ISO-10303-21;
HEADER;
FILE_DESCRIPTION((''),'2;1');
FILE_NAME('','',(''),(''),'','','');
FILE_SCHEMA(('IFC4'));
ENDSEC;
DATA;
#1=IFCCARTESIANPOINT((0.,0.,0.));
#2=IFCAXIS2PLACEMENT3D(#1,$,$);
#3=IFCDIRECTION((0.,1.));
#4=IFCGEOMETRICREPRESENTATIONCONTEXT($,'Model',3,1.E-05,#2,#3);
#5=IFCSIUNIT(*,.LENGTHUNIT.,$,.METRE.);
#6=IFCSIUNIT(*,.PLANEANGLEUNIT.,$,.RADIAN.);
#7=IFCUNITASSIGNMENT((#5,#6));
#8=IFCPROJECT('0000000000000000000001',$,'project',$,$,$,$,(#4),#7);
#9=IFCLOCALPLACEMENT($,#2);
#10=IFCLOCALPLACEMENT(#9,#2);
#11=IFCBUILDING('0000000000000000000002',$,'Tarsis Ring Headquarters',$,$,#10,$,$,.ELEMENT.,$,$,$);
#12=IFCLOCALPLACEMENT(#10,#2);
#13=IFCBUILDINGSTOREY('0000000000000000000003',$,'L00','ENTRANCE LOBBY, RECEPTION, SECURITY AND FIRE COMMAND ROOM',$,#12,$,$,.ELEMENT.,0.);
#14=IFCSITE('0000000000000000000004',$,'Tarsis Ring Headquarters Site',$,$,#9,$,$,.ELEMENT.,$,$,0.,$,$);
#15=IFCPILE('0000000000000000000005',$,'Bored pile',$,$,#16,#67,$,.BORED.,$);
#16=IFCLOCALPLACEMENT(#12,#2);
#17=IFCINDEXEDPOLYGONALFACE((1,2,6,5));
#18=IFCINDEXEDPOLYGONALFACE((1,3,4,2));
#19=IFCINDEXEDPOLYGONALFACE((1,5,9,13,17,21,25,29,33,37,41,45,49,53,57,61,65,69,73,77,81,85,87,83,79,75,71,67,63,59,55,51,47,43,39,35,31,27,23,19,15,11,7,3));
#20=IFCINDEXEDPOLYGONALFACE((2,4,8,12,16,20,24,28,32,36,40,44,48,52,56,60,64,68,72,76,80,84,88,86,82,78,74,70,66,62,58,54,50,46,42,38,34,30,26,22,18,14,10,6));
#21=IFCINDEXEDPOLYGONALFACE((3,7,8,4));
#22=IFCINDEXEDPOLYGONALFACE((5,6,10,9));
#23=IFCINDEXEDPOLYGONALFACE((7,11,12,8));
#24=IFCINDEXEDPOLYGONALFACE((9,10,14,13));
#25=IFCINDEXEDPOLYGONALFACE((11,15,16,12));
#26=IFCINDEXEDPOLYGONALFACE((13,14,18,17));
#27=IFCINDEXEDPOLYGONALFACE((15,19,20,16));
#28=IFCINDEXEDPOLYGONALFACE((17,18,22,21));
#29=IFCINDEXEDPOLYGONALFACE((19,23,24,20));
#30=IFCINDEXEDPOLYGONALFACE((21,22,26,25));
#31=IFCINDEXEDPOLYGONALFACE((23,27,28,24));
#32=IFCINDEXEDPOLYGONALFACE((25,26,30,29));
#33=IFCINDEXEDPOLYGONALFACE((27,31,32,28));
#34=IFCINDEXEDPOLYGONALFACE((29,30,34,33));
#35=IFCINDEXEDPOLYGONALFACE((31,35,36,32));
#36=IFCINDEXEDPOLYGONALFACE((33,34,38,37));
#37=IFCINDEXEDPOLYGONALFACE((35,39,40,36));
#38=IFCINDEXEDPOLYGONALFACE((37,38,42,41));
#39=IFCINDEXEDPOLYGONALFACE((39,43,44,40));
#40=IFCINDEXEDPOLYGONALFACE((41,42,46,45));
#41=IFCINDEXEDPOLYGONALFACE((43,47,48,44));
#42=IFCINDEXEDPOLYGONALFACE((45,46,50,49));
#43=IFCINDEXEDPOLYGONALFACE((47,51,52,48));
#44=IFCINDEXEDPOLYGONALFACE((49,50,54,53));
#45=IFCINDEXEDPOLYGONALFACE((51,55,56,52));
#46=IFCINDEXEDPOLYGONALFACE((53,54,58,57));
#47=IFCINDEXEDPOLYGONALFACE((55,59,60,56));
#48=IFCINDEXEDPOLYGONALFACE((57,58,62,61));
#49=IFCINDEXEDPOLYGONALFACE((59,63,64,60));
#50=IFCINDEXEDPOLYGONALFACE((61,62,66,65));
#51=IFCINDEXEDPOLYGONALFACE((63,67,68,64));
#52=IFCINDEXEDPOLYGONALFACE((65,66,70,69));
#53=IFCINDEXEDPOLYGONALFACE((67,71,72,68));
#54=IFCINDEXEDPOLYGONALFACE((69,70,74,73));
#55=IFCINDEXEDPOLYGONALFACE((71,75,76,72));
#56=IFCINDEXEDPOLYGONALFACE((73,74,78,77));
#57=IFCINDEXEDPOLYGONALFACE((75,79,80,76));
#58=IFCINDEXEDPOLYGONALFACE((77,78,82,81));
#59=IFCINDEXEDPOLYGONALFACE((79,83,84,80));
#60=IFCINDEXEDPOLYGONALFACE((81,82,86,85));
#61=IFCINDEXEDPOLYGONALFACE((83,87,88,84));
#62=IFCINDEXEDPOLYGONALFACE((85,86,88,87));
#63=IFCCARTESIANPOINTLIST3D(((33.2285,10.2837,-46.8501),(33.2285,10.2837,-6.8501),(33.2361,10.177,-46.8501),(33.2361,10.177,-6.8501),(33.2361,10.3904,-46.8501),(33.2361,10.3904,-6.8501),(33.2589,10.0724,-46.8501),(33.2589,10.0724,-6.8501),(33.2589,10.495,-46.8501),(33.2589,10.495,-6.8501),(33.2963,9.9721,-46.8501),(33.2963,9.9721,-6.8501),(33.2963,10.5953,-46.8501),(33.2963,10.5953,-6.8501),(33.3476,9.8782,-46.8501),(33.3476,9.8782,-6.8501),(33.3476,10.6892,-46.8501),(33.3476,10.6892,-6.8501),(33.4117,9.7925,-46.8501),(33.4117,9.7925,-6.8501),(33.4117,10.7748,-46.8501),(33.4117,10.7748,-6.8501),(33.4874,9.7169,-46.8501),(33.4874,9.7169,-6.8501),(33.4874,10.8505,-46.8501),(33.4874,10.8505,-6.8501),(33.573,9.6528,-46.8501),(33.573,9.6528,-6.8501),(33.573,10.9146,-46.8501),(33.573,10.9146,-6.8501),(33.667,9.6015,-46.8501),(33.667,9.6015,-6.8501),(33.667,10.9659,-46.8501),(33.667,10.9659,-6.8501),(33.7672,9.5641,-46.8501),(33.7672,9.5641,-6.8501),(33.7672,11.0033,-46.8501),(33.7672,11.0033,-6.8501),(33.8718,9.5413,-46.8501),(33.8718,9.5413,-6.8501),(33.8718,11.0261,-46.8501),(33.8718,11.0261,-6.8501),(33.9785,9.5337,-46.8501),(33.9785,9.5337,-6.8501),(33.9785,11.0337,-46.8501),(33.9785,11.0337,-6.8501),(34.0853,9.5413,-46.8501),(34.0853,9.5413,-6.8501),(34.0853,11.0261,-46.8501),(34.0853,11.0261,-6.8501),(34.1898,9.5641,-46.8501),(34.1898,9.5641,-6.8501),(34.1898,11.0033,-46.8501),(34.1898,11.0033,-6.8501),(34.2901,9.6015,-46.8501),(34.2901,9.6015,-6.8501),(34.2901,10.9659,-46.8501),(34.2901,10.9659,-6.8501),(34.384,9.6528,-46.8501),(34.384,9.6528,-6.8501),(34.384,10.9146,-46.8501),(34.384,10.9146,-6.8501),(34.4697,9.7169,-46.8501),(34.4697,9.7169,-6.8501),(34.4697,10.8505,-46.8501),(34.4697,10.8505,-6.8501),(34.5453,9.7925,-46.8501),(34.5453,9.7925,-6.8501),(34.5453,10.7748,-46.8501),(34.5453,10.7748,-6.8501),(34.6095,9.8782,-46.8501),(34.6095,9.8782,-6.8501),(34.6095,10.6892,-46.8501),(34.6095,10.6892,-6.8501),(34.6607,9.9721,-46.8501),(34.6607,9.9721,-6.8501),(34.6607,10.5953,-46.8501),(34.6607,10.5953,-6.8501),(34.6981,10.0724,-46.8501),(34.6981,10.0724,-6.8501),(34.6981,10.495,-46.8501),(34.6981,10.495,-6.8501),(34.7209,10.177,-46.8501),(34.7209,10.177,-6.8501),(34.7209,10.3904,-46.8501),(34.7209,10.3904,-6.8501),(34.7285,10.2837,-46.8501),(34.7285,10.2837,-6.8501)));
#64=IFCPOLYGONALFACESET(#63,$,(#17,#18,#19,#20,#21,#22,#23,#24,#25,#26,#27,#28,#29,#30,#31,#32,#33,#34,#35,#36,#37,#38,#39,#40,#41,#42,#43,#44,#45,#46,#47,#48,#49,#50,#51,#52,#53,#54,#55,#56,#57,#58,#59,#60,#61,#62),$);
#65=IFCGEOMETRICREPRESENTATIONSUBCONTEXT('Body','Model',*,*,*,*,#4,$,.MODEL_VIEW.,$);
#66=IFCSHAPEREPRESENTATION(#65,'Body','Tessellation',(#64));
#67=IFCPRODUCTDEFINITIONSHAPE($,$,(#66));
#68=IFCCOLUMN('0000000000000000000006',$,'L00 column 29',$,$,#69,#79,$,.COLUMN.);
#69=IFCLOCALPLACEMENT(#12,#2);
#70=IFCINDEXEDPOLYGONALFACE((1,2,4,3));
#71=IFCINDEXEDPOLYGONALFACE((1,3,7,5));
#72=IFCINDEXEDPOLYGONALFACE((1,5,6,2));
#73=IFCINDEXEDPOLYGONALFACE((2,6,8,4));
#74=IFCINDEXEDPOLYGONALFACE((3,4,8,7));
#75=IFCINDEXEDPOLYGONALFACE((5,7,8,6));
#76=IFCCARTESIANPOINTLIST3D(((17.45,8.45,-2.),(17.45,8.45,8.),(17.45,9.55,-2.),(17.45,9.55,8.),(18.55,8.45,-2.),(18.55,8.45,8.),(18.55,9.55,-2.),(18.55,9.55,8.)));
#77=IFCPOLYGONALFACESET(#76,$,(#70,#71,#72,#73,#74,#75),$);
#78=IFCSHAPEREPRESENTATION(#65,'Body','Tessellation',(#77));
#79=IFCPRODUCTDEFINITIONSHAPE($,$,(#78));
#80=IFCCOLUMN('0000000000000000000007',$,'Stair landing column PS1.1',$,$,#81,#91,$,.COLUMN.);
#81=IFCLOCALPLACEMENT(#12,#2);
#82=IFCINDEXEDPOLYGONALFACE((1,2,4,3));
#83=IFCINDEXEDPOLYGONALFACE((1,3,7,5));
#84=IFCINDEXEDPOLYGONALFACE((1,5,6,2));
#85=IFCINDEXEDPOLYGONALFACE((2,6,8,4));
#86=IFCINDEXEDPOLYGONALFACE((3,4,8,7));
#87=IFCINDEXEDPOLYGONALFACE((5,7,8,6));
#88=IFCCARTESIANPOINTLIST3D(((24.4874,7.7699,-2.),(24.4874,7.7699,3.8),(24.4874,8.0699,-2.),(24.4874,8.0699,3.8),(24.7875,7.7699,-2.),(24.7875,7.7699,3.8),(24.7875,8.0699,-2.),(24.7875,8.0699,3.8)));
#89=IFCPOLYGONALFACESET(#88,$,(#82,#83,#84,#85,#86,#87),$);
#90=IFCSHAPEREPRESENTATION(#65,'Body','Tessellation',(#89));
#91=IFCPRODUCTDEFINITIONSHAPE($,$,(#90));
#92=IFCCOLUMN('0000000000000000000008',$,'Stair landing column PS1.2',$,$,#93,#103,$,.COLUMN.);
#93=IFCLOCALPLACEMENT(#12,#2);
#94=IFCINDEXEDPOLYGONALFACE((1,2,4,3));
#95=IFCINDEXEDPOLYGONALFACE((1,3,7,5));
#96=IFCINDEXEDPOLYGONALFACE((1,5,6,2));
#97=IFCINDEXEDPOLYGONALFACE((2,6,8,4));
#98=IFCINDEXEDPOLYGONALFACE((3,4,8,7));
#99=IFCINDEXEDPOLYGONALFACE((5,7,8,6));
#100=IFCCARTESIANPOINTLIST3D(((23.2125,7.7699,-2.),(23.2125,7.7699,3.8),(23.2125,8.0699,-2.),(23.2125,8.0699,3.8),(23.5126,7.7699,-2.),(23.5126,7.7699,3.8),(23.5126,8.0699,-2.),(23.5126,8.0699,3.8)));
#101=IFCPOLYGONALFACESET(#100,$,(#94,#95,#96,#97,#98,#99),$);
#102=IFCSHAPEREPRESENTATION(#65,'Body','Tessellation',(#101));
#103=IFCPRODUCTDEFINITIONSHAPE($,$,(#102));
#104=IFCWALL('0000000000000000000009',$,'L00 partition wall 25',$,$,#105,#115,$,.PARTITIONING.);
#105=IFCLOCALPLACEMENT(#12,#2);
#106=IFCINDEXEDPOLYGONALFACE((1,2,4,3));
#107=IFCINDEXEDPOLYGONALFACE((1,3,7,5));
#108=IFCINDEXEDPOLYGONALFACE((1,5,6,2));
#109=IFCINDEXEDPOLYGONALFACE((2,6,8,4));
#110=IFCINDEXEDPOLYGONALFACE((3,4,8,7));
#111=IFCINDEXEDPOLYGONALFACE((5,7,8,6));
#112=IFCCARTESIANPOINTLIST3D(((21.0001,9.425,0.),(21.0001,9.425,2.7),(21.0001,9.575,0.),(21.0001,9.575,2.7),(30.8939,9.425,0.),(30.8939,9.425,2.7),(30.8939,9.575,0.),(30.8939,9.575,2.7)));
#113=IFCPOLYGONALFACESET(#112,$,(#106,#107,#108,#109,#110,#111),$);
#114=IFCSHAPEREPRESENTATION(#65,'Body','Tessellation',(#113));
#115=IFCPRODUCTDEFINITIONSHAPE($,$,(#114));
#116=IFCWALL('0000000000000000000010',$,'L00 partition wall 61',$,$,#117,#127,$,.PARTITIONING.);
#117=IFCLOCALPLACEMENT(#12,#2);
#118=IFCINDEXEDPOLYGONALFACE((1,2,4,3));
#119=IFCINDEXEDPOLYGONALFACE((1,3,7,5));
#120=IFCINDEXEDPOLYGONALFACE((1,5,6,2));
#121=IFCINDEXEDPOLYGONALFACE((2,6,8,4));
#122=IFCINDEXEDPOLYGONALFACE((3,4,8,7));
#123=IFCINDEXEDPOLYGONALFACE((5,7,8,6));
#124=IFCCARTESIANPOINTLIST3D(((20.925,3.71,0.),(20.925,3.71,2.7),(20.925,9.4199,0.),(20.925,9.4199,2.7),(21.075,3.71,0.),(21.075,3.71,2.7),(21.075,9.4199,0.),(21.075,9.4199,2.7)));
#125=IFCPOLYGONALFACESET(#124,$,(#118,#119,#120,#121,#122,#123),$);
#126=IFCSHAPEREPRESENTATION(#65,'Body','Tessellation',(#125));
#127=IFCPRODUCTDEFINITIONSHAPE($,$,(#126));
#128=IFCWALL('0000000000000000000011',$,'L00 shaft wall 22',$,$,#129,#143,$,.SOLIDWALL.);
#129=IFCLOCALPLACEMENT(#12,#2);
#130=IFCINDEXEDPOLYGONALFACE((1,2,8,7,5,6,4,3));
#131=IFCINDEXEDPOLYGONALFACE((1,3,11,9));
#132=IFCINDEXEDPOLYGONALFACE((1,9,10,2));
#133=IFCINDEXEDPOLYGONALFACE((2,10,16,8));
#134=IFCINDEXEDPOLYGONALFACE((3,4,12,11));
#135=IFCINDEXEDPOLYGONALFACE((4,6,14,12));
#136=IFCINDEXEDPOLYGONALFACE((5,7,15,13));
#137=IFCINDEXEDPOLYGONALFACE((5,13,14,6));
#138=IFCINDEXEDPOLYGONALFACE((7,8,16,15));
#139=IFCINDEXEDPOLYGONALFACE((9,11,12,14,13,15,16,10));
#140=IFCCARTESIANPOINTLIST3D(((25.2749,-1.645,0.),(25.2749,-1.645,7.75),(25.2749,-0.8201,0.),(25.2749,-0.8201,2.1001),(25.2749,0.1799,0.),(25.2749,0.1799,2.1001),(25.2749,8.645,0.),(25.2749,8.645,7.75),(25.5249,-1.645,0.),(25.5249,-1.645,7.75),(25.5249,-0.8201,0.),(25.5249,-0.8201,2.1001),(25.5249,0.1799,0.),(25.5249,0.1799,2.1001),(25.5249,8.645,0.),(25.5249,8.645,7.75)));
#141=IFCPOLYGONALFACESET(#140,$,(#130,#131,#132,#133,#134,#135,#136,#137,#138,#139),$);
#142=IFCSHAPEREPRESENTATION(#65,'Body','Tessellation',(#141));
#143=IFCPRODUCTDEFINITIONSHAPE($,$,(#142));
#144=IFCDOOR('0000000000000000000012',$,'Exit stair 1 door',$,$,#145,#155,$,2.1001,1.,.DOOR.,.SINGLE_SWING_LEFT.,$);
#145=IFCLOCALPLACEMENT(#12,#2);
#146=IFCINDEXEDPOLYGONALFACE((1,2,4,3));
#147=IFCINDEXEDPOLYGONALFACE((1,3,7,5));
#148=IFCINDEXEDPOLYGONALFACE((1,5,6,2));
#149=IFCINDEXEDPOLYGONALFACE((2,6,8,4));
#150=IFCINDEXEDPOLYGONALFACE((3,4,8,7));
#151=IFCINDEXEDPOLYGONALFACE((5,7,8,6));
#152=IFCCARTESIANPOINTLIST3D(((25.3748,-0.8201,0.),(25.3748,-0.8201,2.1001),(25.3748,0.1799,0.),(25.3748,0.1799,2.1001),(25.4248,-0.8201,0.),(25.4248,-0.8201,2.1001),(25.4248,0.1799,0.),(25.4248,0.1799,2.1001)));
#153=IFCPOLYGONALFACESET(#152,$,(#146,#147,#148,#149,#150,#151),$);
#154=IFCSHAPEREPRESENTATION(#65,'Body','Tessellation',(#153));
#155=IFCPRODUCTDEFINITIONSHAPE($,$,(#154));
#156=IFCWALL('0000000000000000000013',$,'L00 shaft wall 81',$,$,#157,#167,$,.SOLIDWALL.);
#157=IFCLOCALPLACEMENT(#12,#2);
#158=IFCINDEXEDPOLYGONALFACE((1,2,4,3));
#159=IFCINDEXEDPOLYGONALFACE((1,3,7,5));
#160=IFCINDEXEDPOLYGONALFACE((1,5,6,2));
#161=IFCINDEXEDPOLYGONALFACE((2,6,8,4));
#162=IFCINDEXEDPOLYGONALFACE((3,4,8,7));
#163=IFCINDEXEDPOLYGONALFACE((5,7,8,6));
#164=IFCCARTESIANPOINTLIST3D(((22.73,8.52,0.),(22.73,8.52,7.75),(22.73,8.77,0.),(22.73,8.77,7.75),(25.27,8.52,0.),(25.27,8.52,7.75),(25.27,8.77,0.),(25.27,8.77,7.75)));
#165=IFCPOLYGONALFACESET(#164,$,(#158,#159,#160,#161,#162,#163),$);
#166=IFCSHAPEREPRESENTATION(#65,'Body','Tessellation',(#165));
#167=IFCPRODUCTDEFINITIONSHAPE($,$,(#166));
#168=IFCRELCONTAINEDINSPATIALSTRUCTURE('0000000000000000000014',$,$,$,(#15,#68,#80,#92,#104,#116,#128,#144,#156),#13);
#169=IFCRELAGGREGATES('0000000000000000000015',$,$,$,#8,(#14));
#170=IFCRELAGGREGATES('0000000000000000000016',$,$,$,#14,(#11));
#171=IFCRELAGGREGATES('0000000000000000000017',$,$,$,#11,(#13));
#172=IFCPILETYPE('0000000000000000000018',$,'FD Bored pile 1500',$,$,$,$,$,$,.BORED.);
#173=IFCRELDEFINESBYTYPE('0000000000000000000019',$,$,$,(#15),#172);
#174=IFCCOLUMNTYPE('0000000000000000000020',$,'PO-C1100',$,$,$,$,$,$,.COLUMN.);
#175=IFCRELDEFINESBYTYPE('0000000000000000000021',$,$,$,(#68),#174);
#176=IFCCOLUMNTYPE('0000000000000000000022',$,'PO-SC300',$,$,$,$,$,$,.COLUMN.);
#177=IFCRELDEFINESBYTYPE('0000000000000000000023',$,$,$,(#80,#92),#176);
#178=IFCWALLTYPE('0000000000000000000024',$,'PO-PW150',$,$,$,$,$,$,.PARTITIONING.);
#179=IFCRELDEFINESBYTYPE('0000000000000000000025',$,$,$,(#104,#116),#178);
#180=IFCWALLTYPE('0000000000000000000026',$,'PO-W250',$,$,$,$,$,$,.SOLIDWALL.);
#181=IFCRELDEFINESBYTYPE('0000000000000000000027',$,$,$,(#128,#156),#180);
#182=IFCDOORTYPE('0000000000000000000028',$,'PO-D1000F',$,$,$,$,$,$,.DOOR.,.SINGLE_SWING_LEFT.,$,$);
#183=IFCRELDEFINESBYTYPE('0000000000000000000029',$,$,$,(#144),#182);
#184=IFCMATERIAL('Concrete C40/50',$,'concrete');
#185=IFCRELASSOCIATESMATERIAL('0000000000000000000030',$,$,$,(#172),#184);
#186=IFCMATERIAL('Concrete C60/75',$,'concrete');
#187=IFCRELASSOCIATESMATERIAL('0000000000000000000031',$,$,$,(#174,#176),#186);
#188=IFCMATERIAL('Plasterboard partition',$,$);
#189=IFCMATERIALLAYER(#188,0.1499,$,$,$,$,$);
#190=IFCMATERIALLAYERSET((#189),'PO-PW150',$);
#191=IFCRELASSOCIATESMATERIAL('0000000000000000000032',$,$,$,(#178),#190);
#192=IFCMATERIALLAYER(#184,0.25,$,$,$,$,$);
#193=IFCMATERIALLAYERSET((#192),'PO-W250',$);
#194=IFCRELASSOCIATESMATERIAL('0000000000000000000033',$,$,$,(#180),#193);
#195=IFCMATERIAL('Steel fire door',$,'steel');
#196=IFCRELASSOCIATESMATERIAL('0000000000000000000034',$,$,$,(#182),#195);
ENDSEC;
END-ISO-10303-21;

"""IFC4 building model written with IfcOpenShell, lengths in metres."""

from ifc_helpers import new_model, si_unit, direction, frame, frame_2d, origin, origin_2d, place, context, subcontext, project, spatial, rectangle, circle, extrude, material, layer, layer_set, material_profile, profile_set, type_object, element, fill, save


model = new_model("IFC4")

# Units and contexts
model_context = context("Model", 3, precision=1e-05, world=origin(), true_north=direction((0.0, 1.0)))
body_context = subcontext(model_context, "Body", "Model", "MODEL_VIEW")
ifc_project = project(units=[si_unit("LENGTHUNIT", "METRE"), si_unit("PLANEANGLEUNIT", "RADIAN")], contexts=[model_context])

# Site, building, storey
site_placement = place(None, origin())
site = spatial("IfcSite", under=ifc_project, at=site_placement, Name="Tarsis Ring Headquarters Site", CompositionType="ELEMENT", RefElevation=0.0)
building_placement = place(site_placement, origin())
building = spatial("IfcBuilding", under=site, at=building_placement, Name="Tarsis Ring Headquarters", CompositionType="ELEMENT")
storey_placement = place(building_placement, origin())
storey = spatial("IfcBuildingStorey", under=building, at=storey_placement, Name="L00", Description="ENTRANCE LOBBY, RECEPTION, SECURITY AND FIRE COMMAND ROOM", CompositionType="ELEMENT", Elevation=0.0)

# Pile
ifc_material_1 = material(Name="Concrete C40/50", Category="concrete")
ifc_material_profile_1 = material_profile(ifc_material_1, circle(Radius=0.75, at=origin_2d()), Name="BORED 1500")
ifc_profile_set_1 = profile_set([ifc_material_profile_1], Name="Concrete C40/50")
pile_type_1 = type_object("IfcPileType", Name="FD Bored pile 1500", PredefinedType="BORED", material=ifc_profile_set_1)
for number, where, z_axis, x_axis, name in (
    (1, (33.9785, 10.2837, -6.8501), (0.0, 0.0, -1.0), (1.0, 0.0, 0.0), "Bored pile"),
):
    element("IfcPile", number, at=place(storey_placement, frame(where, z_axis=z_axis, x_axis=x_axis)), inside=storey, type_object=pile_type_1, Name=name, PredefinedType="BORED", context=body_context, shape_type="SweptSolid", body=[
        extrude(circle(Radius=0.75, at=origin_2d()), origin(), (0.0, 0.0, 1.0), 40.0),
    ])

# Columns
ifc_material_2 = material(Name="Concrete C60/75", Category="concrete")
ifc_material_profile_2 = material_profile(ifc_material_2, rectangle(XDim=1.1001, YDim=1.1001, at=origin_2d()), Name="PO-C1100")
ifc_profile_set_2 = profile_set([ifc_material_profile_2], Name="Concrete C60/75")
column_type_1 = type_object("IfcColumnType", Name="PO-C1100", PredefinedType="COLUMN", material=ifc_profile_set_2)
column_placement = place(storey_placement, frame((18.0, 9.0, -2.0), z_axis=(0.0, 0.0, 1.0), x_axis=(1.0, 0.0, 0.0)))
element("IfcColumn", 2, at=column_placement, inside=storey, type_object=column_type_1, Name="L00 column 29", PredefinedType="COLUMN", context=body_context, shape_type="SweptSolid", body=[
    extrude(rectangle(XDim=1.1001, YDim=1.1001, at=origin_2d()), origin(), (0.0, 0.0, 1.0), 10.0),
])
ifc_material_profile_3 = material_profile(ifc_material_2, rectangle(XDim=0.3, YDim=0.3, at=origin_2d()), Name="PO-SC300")
ifc_profile_set_3 = profile_set([ifc_material_profile_3], Name="Concrete C60/75")
column_type_2 = type_object("IfcColumnType", Name="PO-SC300", PredefinedType="COLUMN", material=ifc_profile_set_3)
for number, where, z_axis, x_axis, name in (
    (3, (24.6375, 7.9199, -2.0), (0.0, 0.0, 1.0), (1.0, 0.0, 0.0), "Stair landing column PS1.1"),
    (4, (23.3625, 7.9199, -2.0), (0.0, 0.0, 1.0), (1.0, 0.0, 0.0), "Stair landing column PS1.2"),
):
    element("IfcColumn", number, at=place(storey_placement, frame(where, z_axis=z_axis, x_axis=x_axis)), inside=storey, type_object=column_type_2, Name=name, PredefinedType="COLUMN", context=body_context, shape_type="SweptSolid", body=[
        extrude(rectangle(XDim=0.3, YDim=0.3, at=origin_2d()), origin(), (0.0, 0.0, 1.0), 5.8),
    ])

# Walls
ifc_material_3 = material(Name="Plasterboard partition")
ifc_layer_1 = layer(ifc_material_3, 0.1499)
ifc_layer_set_1 = layer_set([ifc_layer_1], Name="PO-PW150")
wall_type_1 = type_object("IfcWallType", Name="PO-PW150", PredefinedType="PARTITIONING", material=ifc_layer_set_1)
wall_1_placement = place(storey_placement, frame((30.8938, 9.5, 0.0), z_axis=(0.0, 0.0, 1.0), x_axis=(-1.0, 0.0, 0.0)))
element("IfcWall", 5, at=wall_1_placement, inside=storey, type_object=wall_type_1, Name="L00 partition wall 25", PredefinedType="PARTITIONING", context=body_context, shape_type="SweptSolid", body=[
    extrude(rectangle(XDim=9.8938, YDim=0.1499, at=frame_2d((4.9468, 0.0))), origin(), (0.0, 0.0, 1.0), 2.7),
])
wall_2_placement = place(storey_placement, frame((21.0, 9.4199, 0.0), z_axis=(0.0, 0.0, 1.0), x_axis=(0.0, -1.0, 0.0)))
element("IfcWall", 6, at=wall_2_placement, inside=storey, type_object=wall_type_1, Name="L00 partition wall 61", PredefinedType="PARTITIONING", context=body_context, shape_type="SweptSolid", body=[
    extrude(rectangle(XDim=5.71, YDim=0.1499, at=frame_2d((2.855, 0.0))), origin(), (0.0, 0.0, 1.0), 2.7),
])

# Wall, opening, door
ifc_layer_2 = layer(ifc_material_1, 0.25)
ifc_layer_set_2 = layer_set([ifc_layer_2], Name="PO-W250")
wall_type_2 = type_object("IfcWallType", Name="PO-W250", PredefinedType="SOLIDWALL", material=ifc_layer_set_2)
wall_3_placement = place(storey_placement, frame((25.3999, 8.645, 0.0), z_axis=(0.0, 0.0, 1.0), x_axis=(0.0, -1.0, 0.0)))
wall_3 = element("IfcWall", 7, at=wall_3_placement, inside=storey, type_object=wall_type_2, Name="L00 shaft wall 22", PredefinedType="SOLIDWALL", context=body_context, shape_type="SweptSolid", body=[
    extrude(rectangle(XDim=10.29, YDim=0.25, at=frame_2d((5.145, 0.0))), origin(), (0.0, 0.0, 1.0), 7.75),
])
opening_1_placement = place(wall_3_placement, frame((8.4651, 0.0, 0.0)))
opening_1 = element("IfcOpeningElement", 8, at=opening_1_placement, cuts=wall_3, PredefinedType="OPENING", context=body_context, shape_type="SweptSolid", body=[
    extrude(rectangle(XDim=1.0, YDim=2.1001, at=frame_2d((0.5, 1.05))), frame((0.0, 0.135, 0.0), z_axis=(0.0, -1.0, 0.0), x_axis=(1.0, 0.0, 0.0)), (0.0, 0.0, 1.0), 0.27),
])
ifc_material_4 = material(Name="Steel fire door", Category="steel")
door_type_1 = type_object("IfcDoorType", Name="PO-D1000F", OperationType="SINGLE_SWING_LEFT", PredefinedType="DOOR", material=ifc_material_4)
door_1_placement = place(opening_1_placement, origin())
door_1 = element("IfcDoor", 9, at=door_1_placement, inside=storey, type_object=door_type_1, Name="Exit stair 1 door", OperationType="SINGLE_SWING_LEFT", OverallHeight=2.1001, OverallWidth=1.0, PredefinedType="DOOR", context=body_context, shape_type="SweptSolid", body=[
    extrude(rectangle(XDim=1.0, YDim=2.1001, at=frame_2d((0.5, 1.05))), frame((0.0, 0.0249, 0.0), z_axis=(0.0, -1.0, 0.0), x_axis=(1.0, 0.0, 0.0)), (0.0, 0.0, 1.0), 0.05),
])
fill(opening_1, door_1)

# Wall
wall_4_placement = place(storey_placement, frame((22.73, 8.645, 0.0), z_axis=(0.0, 0.0, 1.0), x_axis=(1.0, 0.0, 0.0)))
element("IfcWall", 10, at=wall_4_placement, inside=storey, type_object=wall_type_2, Name="L00 shaft wall 81", PredefinedType="SOLIDWALL", context=body_context, shape_type="SweptSolid", body=[
    extrude(rectangle(XDim=2.54, YDim=0.25, at=frame_2d((1.27, 0.0))), origin(), (0.0, 0.0, 1.0), 7.75),
])

save(model, "model.ifc")
